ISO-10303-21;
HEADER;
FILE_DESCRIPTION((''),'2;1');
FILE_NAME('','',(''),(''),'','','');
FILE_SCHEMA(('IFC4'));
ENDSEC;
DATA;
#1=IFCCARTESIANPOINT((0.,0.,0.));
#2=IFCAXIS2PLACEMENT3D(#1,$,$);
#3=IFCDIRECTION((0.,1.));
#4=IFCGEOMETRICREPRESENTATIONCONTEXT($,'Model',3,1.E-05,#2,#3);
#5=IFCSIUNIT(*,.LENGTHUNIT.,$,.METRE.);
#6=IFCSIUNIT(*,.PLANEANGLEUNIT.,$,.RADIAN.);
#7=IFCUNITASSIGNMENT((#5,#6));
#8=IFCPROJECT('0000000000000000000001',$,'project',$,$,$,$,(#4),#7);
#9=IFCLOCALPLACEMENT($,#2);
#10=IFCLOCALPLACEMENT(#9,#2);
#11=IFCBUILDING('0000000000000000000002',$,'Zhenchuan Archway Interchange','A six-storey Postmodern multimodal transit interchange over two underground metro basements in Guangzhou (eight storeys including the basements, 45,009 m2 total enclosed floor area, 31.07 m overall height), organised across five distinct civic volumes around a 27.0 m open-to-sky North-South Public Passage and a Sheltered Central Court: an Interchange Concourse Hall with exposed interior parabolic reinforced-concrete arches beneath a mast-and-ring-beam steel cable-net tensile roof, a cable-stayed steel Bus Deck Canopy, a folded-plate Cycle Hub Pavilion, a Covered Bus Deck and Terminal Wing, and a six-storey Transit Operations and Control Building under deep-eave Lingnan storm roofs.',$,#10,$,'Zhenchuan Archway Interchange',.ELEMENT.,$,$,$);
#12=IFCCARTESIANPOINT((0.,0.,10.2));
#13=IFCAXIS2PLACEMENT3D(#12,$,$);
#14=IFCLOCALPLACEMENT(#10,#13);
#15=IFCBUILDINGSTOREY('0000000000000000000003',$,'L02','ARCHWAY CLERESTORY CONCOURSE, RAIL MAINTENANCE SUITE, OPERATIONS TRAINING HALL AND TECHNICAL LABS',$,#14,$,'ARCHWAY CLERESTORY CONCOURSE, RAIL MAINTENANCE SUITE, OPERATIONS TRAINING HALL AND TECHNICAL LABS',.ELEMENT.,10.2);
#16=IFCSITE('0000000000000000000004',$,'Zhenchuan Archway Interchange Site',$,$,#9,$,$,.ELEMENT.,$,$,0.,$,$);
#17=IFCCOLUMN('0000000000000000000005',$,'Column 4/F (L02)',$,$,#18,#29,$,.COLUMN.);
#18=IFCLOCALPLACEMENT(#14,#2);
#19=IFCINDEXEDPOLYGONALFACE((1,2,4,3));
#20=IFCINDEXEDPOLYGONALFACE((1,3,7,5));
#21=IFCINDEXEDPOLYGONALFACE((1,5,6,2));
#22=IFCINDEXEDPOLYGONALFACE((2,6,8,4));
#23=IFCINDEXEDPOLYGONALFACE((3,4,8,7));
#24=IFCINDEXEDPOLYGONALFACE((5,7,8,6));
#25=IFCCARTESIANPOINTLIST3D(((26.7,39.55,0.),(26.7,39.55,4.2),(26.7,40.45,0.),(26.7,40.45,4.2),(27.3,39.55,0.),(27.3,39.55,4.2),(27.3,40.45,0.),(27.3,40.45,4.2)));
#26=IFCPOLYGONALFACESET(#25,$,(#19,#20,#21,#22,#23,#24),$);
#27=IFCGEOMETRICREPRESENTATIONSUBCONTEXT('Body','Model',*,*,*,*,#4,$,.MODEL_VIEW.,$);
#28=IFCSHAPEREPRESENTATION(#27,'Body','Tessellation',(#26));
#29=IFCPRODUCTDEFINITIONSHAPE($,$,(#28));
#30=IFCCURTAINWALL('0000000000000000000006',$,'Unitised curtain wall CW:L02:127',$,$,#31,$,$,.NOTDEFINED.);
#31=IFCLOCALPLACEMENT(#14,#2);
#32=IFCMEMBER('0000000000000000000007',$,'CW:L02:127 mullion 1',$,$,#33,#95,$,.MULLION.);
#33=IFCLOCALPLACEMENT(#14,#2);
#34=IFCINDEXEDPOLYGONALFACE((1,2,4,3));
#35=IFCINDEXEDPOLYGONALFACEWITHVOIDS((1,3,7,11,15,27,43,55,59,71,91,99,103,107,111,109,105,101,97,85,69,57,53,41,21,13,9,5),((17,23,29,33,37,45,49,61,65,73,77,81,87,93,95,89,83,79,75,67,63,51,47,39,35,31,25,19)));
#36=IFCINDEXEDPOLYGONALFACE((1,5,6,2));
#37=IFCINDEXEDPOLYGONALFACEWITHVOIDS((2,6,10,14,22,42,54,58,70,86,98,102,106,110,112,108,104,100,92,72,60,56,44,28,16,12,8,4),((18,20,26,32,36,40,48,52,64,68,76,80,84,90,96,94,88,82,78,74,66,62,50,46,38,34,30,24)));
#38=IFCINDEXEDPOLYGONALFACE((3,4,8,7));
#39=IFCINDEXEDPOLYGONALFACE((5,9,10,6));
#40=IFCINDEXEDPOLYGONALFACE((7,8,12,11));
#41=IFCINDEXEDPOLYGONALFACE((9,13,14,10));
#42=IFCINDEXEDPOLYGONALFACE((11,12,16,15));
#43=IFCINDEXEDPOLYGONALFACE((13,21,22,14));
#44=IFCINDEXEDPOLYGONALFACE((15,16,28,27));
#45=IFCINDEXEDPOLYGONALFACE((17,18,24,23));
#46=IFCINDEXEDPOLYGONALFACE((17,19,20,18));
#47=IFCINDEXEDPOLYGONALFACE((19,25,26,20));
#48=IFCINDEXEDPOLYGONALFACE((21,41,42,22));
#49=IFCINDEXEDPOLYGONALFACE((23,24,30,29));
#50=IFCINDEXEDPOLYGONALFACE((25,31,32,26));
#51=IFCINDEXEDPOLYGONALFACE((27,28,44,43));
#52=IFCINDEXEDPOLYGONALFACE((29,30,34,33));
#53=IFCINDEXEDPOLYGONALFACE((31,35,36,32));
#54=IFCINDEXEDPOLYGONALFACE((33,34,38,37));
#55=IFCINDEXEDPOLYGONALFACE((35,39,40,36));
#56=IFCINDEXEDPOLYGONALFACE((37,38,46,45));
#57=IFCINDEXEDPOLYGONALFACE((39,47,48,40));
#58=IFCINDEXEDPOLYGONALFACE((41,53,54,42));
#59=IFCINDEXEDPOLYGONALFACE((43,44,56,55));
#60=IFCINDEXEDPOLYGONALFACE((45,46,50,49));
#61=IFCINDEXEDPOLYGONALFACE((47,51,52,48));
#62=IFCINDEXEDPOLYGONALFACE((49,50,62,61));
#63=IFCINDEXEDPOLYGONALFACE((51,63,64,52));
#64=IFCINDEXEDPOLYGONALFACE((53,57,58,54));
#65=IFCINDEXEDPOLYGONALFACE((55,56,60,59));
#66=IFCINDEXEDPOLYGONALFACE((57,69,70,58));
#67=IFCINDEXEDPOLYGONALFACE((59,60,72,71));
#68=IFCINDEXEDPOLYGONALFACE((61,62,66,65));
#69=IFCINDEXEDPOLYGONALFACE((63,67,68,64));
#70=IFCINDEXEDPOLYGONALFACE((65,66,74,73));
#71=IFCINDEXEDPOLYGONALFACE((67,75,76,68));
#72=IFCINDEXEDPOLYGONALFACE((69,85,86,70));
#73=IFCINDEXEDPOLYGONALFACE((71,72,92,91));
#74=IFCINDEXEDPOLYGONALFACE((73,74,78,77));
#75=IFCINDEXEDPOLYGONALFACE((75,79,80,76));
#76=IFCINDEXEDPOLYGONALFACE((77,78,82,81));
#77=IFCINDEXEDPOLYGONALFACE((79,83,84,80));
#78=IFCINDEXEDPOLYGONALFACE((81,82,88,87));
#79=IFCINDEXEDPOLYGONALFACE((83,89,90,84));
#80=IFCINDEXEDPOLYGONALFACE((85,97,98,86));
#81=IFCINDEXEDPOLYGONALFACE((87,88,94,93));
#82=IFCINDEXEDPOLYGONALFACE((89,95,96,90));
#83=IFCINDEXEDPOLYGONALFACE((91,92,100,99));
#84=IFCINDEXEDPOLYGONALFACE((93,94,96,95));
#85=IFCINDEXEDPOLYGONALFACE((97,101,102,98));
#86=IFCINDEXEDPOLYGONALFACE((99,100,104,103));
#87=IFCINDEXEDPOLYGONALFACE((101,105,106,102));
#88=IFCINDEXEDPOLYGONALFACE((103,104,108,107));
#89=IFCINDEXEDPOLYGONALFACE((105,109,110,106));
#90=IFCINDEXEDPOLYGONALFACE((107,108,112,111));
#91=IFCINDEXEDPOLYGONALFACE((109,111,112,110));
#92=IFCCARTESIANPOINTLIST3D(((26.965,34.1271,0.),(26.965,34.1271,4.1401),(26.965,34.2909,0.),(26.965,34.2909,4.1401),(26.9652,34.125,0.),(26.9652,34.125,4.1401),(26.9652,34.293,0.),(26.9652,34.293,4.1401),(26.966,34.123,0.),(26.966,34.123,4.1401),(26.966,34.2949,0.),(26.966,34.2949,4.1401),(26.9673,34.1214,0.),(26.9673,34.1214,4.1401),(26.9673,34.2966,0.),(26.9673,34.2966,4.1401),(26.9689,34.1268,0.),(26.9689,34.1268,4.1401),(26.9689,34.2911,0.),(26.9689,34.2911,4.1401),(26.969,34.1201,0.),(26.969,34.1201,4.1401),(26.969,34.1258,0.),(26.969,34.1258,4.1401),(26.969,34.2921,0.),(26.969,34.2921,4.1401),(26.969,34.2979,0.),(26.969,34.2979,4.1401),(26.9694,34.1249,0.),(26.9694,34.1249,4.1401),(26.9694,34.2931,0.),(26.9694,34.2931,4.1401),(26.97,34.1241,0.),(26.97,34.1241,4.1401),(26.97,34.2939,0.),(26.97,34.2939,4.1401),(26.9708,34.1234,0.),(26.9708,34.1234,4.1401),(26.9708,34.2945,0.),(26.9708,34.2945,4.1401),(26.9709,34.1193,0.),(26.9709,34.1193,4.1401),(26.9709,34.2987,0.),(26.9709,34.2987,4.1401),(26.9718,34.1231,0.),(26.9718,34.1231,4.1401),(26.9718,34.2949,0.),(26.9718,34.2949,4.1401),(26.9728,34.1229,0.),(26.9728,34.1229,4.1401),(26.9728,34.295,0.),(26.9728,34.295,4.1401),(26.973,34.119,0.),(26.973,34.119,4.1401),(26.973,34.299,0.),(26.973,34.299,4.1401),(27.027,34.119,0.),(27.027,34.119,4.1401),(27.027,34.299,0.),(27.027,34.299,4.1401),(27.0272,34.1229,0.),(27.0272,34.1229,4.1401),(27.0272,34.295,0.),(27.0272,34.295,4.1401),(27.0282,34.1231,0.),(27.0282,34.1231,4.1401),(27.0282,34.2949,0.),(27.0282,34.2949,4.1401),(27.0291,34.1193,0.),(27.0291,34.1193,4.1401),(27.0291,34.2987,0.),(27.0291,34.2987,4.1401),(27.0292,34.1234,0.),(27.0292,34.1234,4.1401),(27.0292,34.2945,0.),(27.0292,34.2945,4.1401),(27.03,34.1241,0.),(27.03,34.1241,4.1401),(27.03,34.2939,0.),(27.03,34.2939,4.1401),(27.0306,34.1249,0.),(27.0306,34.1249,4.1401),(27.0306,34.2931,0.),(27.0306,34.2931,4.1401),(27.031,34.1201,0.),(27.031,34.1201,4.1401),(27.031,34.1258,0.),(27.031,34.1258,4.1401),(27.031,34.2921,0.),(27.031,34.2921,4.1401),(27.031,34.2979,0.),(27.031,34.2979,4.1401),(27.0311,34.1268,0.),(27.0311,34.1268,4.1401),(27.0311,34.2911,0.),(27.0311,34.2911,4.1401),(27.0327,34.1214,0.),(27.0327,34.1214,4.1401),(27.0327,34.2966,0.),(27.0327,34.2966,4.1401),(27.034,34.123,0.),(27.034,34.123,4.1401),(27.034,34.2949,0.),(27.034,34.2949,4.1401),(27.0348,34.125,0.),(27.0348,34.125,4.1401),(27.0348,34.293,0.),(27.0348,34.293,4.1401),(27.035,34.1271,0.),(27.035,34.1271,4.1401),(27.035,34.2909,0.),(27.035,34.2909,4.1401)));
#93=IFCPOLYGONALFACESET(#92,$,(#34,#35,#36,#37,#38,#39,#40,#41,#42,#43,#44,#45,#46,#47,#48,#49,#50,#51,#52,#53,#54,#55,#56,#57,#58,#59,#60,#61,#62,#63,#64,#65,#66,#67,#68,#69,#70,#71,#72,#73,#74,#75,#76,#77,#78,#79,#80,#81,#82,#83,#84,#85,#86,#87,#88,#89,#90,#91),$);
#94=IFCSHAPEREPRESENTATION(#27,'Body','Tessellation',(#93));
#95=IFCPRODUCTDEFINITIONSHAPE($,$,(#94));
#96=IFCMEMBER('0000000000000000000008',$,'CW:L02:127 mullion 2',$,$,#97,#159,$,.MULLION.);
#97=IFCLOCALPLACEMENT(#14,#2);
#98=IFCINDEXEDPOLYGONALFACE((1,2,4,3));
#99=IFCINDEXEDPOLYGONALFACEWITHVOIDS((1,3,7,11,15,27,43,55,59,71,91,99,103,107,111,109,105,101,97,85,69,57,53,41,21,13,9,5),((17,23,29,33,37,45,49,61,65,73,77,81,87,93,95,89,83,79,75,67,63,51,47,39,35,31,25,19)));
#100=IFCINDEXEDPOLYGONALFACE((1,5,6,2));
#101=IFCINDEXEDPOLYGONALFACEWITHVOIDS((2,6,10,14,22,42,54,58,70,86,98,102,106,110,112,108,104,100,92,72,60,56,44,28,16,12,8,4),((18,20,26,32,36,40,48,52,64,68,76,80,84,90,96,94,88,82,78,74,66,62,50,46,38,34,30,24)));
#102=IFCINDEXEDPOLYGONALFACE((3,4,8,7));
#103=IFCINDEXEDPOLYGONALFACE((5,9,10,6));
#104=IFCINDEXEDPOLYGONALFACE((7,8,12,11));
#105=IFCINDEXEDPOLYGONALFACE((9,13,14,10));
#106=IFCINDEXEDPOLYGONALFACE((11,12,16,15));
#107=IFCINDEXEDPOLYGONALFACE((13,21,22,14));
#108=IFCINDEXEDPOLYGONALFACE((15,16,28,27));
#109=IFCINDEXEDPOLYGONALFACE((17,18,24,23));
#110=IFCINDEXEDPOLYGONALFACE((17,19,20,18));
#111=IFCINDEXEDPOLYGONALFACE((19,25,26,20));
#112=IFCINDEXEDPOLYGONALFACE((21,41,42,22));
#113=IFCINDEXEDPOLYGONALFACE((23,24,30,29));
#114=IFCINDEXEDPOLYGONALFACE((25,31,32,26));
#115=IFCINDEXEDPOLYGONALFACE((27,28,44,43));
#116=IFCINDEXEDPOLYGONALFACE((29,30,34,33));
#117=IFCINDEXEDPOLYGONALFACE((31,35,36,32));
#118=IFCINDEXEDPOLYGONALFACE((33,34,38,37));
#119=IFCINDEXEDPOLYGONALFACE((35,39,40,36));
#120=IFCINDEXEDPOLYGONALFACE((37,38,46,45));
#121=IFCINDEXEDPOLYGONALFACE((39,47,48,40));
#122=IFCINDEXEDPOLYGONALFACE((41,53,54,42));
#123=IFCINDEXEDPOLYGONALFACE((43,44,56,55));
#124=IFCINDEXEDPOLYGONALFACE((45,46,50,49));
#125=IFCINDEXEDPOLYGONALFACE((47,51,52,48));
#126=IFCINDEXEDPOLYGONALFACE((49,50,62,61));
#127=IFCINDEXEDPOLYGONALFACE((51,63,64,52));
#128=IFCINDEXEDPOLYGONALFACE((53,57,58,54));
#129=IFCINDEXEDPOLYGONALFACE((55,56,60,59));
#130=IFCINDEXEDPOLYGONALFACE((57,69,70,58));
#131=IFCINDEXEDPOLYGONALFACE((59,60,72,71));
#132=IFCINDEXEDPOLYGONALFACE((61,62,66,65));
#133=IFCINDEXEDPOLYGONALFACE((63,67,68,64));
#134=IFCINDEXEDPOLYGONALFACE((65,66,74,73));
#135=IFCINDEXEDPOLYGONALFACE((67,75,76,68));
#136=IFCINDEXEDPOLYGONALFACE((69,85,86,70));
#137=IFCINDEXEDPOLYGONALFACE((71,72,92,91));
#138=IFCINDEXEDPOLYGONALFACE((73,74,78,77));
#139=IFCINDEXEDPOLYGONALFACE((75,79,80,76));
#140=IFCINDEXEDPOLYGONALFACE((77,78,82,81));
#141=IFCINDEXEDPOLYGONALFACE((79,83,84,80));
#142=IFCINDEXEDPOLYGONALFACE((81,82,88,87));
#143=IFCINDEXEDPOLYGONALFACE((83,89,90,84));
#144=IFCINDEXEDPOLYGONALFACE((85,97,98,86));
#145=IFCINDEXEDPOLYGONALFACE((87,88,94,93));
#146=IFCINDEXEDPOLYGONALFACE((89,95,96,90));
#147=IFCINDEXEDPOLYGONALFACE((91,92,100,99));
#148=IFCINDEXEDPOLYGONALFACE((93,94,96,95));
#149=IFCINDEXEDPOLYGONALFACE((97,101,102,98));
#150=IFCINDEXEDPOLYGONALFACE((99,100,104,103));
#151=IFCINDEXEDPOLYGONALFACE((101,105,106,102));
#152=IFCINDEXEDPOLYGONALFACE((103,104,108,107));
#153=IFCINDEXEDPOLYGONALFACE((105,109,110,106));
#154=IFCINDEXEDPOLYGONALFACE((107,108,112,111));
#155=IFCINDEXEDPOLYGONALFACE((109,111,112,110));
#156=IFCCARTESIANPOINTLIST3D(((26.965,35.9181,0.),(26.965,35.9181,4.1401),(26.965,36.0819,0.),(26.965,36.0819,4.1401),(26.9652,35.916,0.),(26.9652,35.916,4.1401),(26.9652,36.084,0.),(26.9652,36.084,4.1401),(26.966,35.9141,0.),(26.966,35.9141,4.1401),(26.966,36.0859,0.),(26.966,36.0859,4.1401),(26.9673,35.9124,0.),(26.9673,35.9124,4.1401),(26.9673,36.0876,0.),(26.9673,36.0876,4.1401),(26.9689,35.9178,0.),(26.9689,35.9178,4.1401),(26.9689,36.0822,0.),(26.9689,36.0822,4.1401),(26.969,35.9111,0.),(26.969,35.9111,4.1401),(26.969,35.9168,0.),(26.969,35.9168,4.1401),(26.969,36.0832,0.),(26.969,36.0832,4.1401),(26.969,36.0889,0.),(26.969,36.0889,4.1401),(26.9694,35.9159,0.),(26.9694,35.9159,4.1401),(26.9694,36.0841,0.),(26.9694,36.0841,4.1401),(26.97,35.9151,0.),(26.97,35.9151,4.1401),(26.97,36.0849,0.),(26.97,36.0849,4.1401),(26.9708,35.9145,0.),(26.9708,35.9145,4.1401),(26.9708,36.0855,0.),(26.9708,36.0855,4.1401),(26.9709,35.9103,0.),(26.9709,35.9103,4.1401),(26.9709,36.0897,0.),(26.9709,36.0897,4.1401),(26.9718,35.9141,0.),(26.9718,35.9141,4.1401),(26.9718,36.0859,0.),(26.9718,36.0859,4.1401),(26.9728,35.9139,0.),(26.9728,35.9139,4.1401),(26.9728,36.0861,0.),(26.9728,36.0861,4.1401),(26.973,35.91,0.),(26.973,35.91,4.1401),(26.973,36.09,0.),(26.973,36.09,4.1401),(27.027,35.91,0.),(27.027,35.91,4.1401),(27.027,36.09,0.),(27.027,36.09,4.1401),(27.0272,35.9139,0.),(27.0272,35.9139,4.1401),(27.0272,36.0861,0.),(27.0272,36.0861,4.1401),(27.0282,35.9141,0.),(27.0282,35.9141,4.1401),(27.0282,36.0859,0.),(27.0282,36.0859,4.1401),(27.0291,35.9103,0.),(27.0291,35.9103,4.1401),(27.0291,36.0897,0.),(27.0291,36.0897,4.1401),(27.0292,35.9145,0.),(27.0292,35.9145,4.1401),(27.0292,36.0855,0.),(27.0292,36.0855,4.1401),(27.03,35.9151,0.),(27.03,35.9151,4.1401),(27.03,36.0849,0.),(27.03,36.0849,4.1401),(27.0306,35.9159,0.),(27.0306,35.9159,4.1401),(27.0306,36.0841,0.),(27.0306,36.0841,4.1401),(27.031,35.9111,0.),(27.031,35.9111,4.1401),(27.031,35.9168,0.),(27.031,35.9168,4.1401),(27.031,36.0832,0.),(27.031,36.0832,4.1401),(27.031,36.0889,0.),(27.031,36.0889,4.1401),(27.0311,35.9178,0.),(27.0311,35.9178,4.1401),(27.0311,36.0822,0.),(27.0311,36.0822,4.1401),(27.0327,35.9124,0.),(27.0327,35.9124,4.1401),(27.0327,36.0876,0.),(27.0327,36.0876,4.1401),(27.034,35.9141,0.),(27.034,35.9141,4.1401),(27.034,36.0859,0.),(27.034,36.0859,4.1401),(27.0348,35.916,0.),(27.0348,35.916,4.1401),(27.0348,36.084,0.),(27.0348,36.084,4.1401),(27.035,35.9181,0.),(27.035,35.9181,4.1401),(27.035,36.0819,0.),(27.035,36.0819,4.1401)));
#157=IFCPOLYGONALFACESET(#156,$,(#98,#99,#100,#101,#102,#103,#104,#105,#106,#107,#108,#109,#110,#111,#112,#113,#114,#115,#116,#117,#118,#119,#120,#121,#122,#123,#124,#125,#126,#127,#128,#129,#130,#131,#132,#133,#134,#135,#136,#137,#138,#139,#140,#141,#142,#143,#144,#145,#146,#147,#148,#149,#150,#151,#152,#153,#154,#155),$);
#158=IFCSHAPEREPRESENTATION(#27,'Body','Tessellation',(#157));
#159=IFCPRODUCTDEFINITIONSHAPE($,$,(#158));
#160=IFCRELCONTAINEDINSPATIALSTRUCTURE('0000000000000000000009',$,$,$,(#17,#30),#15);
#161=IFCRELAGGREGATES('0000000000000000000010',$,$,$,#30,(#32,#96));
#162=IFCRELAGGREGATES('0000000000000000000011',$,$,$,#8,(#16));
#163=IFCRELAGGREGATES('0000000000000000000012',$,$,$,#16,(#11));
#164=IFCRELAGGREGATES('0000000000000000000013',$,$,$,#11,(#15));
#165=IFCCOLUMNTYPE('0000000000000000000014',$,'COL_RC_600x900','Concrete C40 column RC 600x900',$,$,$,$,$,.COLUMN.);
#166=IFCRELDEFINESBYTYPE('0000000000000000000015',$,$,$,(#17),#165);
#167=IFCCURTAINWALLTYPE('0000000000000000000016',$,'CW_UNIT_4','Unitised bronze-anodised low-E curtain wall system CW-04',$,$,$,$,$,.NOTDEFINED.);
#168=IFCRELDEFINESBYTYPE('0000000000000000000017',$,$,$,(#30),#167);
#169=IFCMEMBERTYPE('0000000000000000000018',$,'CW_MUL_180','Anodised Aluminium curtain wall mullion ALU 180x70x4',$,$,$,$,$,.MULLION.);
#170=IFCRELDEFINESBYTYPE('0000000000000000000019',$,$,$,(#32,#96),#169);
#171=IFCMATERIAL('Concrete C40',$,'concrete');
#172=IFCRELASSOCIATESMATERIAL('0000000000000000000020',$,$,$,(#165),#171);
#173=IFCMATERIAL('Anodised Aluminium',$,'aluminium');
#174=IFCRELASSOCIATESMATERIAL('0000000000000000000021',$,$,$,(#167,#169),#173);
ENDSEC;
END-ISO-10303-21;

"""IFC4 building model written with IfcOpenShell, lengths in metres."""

from ifc_helpers import new_model, si_unit, direction, frame, origin, origin_2d, place, context, subcontext, project, spatial, rectangle, hollow_rectangle, extrude, material, material_profile, profile_set, type_object, element, aggregate, save


model = new_model("IFC4")

# Units and contexts
model_context = context("Model", 3, precision=1e-05, world=origin(), true_north=direction((0.0, 1.0)))
body_context = subcontext(model_context, "Body", "Model", "MODEL_VIEW")
ifc_project = project(units=[si_unit("LENGTHUNIT", "METRE"), si_unit("PLANEANGLEUNIT", "RADIAN")], contexts=[model_context])

# Site, building, storey
site_placement = place(None, origin())
site = spatial("IfcSite", under=ifc_project, at=site_placement, Name="Zhenchuan Archway Interchange Site", CompositionType="ELEMENT", RefElevation=0.0)
building_placement = place(site_placement, origin())
building = spatial("IfcBuilding", under=site, at=building_placement, Name="Zhenchuan Archway Interchange", Description="A six-storey Postmodern multimodal transit interchange over two underground metro basements in Guangzhou (eight storeys including the basements, 45,009 m2 total enclosed floor area, 31.07 m overall height), organised across five distinct civic volumes around a 27.0 m open-to-sky North-South Public Passage and a Sheltered Central Court: an Interchange Concourse Hall with exposed interior parabolic reinforced-concrete arches beneath a mast-and-ring-beam steel cable-net tensile roof, a cable-stayed steel Bus Deck Canopy, a folded-plate Cycle Hub Pavilion, a Covered Bus Deck and Terminal Wing, and a six-storey Transit Operations and Control Building under deep-eave Lingnan storm roofs.", LongName="Zhenchuan Archway Interchange", CompositionType="ELEMENT")
storey_placement = place(building_placement, frame((0.0, 0.0, 10.2)))
storey = spatial("IfcBuildingStorey", under=building, at=storey_placement, Name="L02", Description="ARCHWAY CLERESTORY CONCOURSE, RAIL MAINTENANCE SUITE, OPERATIONS TRAINING HALL AND TECHNICAL LABS", LongName="ARCHWAY CLERESTORY CONCOURSE, RAIL MAINTENANCE SUITE, OPERATIONS TRAINING HALL AND TECHNICAL LABS", CompositionType="ELEMENT", Elevation=10.2)

# Column
ifc_material_1 = material(Name="Concrete C40", Category="concrete")
ifc_material_profile_1 = material_profile(ifc_material_1, rectangle(XDim=0.6001, YDim=0.8999, at=origin_2d()), Name="RC 600x900")
ifc_profile_set_1 = profile_set([ifc_material_profile_1], Name="Concrete C40")
column_type = type_object("IfcColumnType", Name="COL_RC_600x900", Description="Concrete C40 column RC 600x900", PredefinedType="COLUMN", material=ifc_profile_set_1)
column_placement = place(storey_placement, frame((27.0, 40.0, 0.0), z_axis=(0.0, 0.0, 1.0), x_axis=(1.0, 0.0, 0.0)))
element("IfcColumn", 1, at=column_placement, inside=storey, type_object=column_type, Name="Column 4/F (L02)", PredefinedType="COLUMN", context=body_context, shape_type="SweptSolid", body=[
    extrude(rectangle(XDim=0.6001, YDim=0.8999, at=origin_2d()), origin(), (0.0, 0.0, 1.0), 4.2),
])

# Curtain wall, members
ifc_material_2 = material(Name="Anodised Aluminium", Category="aluminium")
curtain_wall_type = type_object("IfcCurtainWallType", Name="CW_UNIT_4", Description="Unitised bronze-anodised low-E curtain wall system CW-04", PredefinedType="NOTDEFINED", material=ifc_material_2)
curtain_wall_placement = place(storey_placement, origin())
curtain_wall = element("IfcCurtainWall", 2, at=curtain_wall_placement, inside=storey, type_object=curtain_wall_type, Name="Unitised curtain wall CW:L02:127", PredefinedType="NOTDEFINED")
ifc_material_profile_2 = material_profile(ifc_material_2, hollow_rectangle(XDim=0.0701, YDim=0.1799, WallThickness=0.0039, InnerFilletRadius=0.0039, OuterFilletRadius=0.0081, at=origin_2d()), Name="ALU 180x70x4")
ifc_profile_set_2 = profile_set([ifc_material_profile_2], Name="Anodised Aluminium")
member_type_1 = type_object("IfcMemberType", Name="CW_MUL_180", Description="Anodised Aluminium curtain wall mullion ALU 180x70x4", PredefinedType="MULLION", material=ifc_profile_set_2)
member_1_placement = place(storey_placement, frame((27.0, 34.209, 0.0), z_axis=(0.0, 0.0, 1.0), x_axis=(1.0, 0.0, 0.0)))
member_1 = element("IfcMember", 3, at=member_1_placement, type_object=member_type_1, Name="CW:L02:127 mullion 1", PredefinedType="MULLION", context=body_context, shape_type="SweptSolid", body=[
    extrude(hollow_rectangle(XDim=0.0701, YDim=0.1799, WallThickness=0.0039, InnerFilletRadius=0.0039, OuterFilletRadius=0.0081, at=origin_2d()), origin(), (0.0, 0.0, 1.0), 4.1401),
])
member_2_placement = place(storey_placement, frame((27.0, 36.0, 0.0), z_axis=(0.0, 0.0, 1.0), x_axis=(1.0, 0.0, 0.0)))
member_2 = element("IfcMember", 4, at=member_2_placement, type_object=member_type_1, Name="CW:L02:127 mullion 2", PredefinedType="MULLION", context=body_context, shape_type="SweptSolid", body=[
    extrude(hollow_rectangle(XDim=0.0701, YDim=0.1799, WallThickness=0.0039, InnerFilletRadius=0.0039, OuterFilletRadius=0.0081, at=origin_2d()), origin(), (0.0, 0.0, 1.0), 4.1401),
])

aggregate(curtain_wall, [member_1, member_2])

save(model, "model.ifc")
